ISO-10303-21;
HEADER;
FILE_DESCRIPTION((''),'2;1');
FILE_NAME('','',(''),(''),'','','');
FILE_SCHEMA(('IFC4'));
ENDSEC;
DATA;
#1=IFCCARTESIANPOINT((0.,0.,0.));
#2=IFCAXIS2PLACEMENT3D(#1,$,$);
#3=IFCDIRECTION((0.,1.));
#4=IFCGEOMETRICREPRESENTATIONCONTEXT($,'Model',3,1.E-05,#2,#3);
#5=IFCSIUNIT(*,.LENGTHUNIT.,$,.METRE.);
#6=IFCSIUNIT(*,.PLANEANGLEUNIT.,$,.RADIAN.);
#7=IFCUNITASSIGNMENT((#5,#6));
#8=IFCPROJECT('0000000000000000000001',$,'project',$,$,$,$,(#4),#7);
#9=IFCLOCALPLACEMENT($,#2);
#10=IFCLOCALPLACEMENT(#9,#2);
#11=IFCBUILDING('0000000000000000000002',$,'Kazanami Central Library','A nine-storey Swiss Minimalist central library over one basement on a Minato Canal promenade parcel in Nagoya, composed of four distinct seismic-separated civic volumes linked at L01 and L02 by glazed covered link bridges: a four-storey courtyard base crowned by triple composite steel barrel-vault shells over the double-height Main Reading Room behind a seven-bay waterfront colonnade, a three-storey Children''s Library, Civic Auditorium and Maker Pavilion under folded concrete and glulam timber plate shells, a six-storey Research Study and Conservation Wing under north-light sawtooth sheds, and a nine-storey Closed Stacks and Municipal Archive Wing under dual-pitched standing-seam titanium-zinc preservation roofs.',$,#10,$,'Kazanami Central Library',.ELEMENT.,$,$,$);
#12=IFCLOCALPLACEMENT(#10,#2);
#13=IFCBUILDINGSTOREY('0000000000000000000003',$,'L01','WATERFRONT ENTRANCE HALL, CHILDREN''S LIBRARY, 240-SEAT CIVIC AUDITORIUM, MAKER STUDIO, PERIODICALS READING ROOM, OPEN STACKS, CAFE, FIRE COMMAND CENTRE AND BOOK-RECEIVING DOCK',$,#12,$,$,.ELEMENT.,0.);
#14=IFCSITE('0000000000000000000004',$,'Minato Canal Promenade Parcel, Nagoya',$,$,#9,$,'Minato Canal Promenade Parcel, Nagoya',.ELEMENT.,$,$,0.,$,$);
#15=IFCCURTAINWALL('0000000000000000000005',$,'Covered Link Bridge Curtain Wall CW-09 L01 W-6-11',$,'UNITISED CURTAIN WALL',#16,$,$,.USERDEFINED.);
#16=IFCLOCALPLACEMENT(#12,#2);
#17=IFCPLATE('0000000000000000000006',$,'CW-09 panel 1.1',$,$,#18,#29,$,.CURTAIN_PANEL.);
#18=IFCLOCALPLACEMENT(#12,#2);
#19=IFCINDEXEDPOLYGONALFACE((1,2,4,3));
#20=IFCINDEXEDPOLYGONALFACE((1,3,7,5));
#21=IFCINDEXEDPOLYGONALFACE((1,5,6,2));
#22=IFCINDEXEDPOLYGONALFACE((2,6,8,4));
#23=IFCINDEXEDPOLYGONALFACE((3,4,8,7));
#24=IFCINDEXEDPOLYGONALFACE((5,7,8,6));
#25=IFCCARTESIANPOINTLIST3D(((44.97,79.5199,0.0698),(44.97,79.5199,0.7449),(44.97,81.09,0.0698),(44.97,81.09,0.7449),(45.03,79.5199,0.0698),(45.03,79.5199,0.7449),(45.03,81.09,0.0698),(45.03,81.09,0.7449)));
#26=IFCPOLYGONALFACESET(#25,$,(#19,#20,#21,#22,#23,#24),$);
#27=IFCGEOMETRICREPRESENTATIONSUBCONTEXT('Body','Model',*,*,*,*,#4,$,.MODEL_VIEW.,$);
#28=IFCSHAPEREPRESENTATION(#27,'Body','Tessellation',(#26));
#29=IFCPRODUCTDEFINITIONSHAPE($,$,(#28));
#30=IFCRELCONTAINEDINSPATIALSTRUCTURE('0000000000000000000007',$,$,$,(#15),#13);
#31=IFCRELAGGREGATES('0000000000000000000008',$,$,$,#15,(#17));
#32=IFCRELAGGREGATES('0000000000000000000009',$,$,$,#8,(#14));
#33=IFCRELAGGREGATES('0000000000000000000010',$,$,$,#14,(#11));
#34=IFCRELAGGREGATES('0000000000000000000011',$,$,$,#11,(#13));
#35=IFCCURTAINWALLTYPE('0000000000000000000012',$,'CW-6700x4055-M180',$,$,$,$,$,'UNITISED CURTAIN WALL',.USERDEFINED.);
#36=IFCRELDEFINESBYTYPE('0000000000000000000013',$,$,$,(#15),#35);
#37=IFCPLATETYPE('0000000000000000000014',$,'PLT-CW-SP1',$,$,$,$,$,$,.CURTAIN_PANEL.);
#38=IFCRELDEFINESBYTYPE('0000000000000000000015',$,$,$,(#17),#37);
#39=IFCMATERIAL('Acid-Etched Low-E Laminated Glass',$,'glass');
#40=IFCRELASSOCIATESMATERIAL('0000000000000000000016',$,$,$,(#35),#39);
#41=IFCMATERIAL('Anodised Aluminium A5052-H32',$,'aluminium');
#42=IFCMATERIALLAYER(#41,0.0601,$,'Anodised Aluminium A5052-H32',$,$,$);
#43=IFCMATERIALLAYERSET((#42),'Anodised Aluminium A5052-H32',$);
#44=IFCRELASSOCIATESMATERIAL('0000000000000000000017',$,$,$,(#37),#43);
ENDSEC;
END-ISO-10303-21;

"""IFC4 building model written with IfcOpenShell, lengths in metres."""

from ifc_helpers import new_model, si_unit, direction, frame, origin, origin_2d, place, context, subcontext, project, spatial, rectangle, extrude, material, layer, layer_set, type_object, element, aggregate, save


model = new_model("IFC4")

# Units and contexts
model_context = context("Model", 3, precision=1e-05, world=origin(), true_north=direction((0.0, 1.0)))
body_context = subcontext(model_context, "Body", "Model", "MODEL_VIEW")
ifc_project = project(units=[si_unit("LENGTHUNIT", "METRE"), si_unit("PLANEANGLEUNIT", "RADIAN")], contexts=[model_context])

# Site, building, storey
site_placement = place(None, origin())
site = spatial("IfcSite", under=ifc_project, at=site_placement, Name="Minato Canal Promenade Parcel, Nagoya", LongName="Minato Canal Promenade Parcel, Nagoya", CompositionType="ELEMENT", RefElevation=0.0)
building_placement = place(site_placement, origin())
building = spatial("IfcBuilding", under=site, at=building_placement, Name="Kazanami Central Library", Description="A nine-storey Swiss Minimalist central library over one basement on a Minato Canal promenade parcel in Nagoya, composed of four distinct seismic-separated civic volumes linked at L01 and L02 by glazed covered link bridges: a four-storey courtyard base crowned by triple composite steel barrel-vault shells over the double-height Main Reading Room behind a seven-bay waterfront colonnade, a three-storey Children's Library, Civic Auditorium and Maker Pavilion under folded concrete and glulam timber plate shells, a six-storey Research Study and Conservation Wing under north-light sawtooth sheds, and a nine-storey Closed Stacks and Municipal Archive Wing under dual-pitched standing-seam titanium-zinc preservation roofs.", LongName="Kazanami Central Library", CompositionType="ELEMENT")
storey_placement = place(building_placement, origin())
storey = spatial("IfcBuildingStorey", under=building, at=storey_placement, Name="L01", Description="WATERFRONT ENTRANCE HALL, CHILDREN'S LIBRARY, 240-SEAT CIVIC AUDITORIUM, MAKER STUDIO, PERIODICALS READING ROOM, OPEN STACKS, CAFE, FIRE COMMAND CENTRE AND BOOK-RECEIVING DOCK", CompositionType="ELEMENT", Elevation=0.0)

# Curtain wall
ifc_material_1 = material(Name="Acid-Etched Low-E Laminated Glass", Category="glass")
curtain_wall_type = type_object("IfcCurtainWallType", Name="CW-6700x4055-M180", ElementType="UNITISED CURTAIN WALL", PredefinedType="USERDEFINED", material=ifc_material_1)
curtain_wall_1_placement = place(storey_placement, origin())
curtain_wall_1 = element("IfcCurtainWall", 1, at=curtain_wall_1_placement, inside=storey, type_object=curtain_wall_type, Name="Covered Link Bridge Curtain Wall CW-09 L01 W-6-11", ObjectType="UNITISED CURTAIN WALL", PredefinedType="USERDEFINED")

# Plate
ifc_material_2 = material(Name="Anodised Aluminium A5052-H32", Category="aluminium")
ifc_layer_1 = layer(ifc_material_2, 0.0601, Name="Anodised Aluminium A5052-H32")
ifc_layer_set_1 = layer_set([ifc_layer_1], Name="Anodised Aluminium A5052-H32")
plate_type_1 = type_object("IfcPlateType", Name="PLT-CW-SP1", PredefinedType="CURTAIN_PANEL", material=ifc_layer_set_1)
plate_1_placement = place(storey_placement, frame((45.0, 80.3049, 0.0698), z_axis=(0.0, 0.0, 1.0), x_axis=(0.0, 1.0, 0.0)))
plate_1 = element("IfcPlate", 2, at=plate_1_placement, type_object=plate_type_1, Name="CW-09 panel 1.1", PredefinedType="CURTAIN_PANEL", context=body_context, shape_type="SweptSolid", body=[
    extrude(rectangle(XDim=1.5701, YDim=0.0601, at=origin_2d()), origin(), (0.0, 0.0, 1.0), 0.675),
])
aggregate(curtain_wall_1, [plate_1])

save(model, "model.ifc")
